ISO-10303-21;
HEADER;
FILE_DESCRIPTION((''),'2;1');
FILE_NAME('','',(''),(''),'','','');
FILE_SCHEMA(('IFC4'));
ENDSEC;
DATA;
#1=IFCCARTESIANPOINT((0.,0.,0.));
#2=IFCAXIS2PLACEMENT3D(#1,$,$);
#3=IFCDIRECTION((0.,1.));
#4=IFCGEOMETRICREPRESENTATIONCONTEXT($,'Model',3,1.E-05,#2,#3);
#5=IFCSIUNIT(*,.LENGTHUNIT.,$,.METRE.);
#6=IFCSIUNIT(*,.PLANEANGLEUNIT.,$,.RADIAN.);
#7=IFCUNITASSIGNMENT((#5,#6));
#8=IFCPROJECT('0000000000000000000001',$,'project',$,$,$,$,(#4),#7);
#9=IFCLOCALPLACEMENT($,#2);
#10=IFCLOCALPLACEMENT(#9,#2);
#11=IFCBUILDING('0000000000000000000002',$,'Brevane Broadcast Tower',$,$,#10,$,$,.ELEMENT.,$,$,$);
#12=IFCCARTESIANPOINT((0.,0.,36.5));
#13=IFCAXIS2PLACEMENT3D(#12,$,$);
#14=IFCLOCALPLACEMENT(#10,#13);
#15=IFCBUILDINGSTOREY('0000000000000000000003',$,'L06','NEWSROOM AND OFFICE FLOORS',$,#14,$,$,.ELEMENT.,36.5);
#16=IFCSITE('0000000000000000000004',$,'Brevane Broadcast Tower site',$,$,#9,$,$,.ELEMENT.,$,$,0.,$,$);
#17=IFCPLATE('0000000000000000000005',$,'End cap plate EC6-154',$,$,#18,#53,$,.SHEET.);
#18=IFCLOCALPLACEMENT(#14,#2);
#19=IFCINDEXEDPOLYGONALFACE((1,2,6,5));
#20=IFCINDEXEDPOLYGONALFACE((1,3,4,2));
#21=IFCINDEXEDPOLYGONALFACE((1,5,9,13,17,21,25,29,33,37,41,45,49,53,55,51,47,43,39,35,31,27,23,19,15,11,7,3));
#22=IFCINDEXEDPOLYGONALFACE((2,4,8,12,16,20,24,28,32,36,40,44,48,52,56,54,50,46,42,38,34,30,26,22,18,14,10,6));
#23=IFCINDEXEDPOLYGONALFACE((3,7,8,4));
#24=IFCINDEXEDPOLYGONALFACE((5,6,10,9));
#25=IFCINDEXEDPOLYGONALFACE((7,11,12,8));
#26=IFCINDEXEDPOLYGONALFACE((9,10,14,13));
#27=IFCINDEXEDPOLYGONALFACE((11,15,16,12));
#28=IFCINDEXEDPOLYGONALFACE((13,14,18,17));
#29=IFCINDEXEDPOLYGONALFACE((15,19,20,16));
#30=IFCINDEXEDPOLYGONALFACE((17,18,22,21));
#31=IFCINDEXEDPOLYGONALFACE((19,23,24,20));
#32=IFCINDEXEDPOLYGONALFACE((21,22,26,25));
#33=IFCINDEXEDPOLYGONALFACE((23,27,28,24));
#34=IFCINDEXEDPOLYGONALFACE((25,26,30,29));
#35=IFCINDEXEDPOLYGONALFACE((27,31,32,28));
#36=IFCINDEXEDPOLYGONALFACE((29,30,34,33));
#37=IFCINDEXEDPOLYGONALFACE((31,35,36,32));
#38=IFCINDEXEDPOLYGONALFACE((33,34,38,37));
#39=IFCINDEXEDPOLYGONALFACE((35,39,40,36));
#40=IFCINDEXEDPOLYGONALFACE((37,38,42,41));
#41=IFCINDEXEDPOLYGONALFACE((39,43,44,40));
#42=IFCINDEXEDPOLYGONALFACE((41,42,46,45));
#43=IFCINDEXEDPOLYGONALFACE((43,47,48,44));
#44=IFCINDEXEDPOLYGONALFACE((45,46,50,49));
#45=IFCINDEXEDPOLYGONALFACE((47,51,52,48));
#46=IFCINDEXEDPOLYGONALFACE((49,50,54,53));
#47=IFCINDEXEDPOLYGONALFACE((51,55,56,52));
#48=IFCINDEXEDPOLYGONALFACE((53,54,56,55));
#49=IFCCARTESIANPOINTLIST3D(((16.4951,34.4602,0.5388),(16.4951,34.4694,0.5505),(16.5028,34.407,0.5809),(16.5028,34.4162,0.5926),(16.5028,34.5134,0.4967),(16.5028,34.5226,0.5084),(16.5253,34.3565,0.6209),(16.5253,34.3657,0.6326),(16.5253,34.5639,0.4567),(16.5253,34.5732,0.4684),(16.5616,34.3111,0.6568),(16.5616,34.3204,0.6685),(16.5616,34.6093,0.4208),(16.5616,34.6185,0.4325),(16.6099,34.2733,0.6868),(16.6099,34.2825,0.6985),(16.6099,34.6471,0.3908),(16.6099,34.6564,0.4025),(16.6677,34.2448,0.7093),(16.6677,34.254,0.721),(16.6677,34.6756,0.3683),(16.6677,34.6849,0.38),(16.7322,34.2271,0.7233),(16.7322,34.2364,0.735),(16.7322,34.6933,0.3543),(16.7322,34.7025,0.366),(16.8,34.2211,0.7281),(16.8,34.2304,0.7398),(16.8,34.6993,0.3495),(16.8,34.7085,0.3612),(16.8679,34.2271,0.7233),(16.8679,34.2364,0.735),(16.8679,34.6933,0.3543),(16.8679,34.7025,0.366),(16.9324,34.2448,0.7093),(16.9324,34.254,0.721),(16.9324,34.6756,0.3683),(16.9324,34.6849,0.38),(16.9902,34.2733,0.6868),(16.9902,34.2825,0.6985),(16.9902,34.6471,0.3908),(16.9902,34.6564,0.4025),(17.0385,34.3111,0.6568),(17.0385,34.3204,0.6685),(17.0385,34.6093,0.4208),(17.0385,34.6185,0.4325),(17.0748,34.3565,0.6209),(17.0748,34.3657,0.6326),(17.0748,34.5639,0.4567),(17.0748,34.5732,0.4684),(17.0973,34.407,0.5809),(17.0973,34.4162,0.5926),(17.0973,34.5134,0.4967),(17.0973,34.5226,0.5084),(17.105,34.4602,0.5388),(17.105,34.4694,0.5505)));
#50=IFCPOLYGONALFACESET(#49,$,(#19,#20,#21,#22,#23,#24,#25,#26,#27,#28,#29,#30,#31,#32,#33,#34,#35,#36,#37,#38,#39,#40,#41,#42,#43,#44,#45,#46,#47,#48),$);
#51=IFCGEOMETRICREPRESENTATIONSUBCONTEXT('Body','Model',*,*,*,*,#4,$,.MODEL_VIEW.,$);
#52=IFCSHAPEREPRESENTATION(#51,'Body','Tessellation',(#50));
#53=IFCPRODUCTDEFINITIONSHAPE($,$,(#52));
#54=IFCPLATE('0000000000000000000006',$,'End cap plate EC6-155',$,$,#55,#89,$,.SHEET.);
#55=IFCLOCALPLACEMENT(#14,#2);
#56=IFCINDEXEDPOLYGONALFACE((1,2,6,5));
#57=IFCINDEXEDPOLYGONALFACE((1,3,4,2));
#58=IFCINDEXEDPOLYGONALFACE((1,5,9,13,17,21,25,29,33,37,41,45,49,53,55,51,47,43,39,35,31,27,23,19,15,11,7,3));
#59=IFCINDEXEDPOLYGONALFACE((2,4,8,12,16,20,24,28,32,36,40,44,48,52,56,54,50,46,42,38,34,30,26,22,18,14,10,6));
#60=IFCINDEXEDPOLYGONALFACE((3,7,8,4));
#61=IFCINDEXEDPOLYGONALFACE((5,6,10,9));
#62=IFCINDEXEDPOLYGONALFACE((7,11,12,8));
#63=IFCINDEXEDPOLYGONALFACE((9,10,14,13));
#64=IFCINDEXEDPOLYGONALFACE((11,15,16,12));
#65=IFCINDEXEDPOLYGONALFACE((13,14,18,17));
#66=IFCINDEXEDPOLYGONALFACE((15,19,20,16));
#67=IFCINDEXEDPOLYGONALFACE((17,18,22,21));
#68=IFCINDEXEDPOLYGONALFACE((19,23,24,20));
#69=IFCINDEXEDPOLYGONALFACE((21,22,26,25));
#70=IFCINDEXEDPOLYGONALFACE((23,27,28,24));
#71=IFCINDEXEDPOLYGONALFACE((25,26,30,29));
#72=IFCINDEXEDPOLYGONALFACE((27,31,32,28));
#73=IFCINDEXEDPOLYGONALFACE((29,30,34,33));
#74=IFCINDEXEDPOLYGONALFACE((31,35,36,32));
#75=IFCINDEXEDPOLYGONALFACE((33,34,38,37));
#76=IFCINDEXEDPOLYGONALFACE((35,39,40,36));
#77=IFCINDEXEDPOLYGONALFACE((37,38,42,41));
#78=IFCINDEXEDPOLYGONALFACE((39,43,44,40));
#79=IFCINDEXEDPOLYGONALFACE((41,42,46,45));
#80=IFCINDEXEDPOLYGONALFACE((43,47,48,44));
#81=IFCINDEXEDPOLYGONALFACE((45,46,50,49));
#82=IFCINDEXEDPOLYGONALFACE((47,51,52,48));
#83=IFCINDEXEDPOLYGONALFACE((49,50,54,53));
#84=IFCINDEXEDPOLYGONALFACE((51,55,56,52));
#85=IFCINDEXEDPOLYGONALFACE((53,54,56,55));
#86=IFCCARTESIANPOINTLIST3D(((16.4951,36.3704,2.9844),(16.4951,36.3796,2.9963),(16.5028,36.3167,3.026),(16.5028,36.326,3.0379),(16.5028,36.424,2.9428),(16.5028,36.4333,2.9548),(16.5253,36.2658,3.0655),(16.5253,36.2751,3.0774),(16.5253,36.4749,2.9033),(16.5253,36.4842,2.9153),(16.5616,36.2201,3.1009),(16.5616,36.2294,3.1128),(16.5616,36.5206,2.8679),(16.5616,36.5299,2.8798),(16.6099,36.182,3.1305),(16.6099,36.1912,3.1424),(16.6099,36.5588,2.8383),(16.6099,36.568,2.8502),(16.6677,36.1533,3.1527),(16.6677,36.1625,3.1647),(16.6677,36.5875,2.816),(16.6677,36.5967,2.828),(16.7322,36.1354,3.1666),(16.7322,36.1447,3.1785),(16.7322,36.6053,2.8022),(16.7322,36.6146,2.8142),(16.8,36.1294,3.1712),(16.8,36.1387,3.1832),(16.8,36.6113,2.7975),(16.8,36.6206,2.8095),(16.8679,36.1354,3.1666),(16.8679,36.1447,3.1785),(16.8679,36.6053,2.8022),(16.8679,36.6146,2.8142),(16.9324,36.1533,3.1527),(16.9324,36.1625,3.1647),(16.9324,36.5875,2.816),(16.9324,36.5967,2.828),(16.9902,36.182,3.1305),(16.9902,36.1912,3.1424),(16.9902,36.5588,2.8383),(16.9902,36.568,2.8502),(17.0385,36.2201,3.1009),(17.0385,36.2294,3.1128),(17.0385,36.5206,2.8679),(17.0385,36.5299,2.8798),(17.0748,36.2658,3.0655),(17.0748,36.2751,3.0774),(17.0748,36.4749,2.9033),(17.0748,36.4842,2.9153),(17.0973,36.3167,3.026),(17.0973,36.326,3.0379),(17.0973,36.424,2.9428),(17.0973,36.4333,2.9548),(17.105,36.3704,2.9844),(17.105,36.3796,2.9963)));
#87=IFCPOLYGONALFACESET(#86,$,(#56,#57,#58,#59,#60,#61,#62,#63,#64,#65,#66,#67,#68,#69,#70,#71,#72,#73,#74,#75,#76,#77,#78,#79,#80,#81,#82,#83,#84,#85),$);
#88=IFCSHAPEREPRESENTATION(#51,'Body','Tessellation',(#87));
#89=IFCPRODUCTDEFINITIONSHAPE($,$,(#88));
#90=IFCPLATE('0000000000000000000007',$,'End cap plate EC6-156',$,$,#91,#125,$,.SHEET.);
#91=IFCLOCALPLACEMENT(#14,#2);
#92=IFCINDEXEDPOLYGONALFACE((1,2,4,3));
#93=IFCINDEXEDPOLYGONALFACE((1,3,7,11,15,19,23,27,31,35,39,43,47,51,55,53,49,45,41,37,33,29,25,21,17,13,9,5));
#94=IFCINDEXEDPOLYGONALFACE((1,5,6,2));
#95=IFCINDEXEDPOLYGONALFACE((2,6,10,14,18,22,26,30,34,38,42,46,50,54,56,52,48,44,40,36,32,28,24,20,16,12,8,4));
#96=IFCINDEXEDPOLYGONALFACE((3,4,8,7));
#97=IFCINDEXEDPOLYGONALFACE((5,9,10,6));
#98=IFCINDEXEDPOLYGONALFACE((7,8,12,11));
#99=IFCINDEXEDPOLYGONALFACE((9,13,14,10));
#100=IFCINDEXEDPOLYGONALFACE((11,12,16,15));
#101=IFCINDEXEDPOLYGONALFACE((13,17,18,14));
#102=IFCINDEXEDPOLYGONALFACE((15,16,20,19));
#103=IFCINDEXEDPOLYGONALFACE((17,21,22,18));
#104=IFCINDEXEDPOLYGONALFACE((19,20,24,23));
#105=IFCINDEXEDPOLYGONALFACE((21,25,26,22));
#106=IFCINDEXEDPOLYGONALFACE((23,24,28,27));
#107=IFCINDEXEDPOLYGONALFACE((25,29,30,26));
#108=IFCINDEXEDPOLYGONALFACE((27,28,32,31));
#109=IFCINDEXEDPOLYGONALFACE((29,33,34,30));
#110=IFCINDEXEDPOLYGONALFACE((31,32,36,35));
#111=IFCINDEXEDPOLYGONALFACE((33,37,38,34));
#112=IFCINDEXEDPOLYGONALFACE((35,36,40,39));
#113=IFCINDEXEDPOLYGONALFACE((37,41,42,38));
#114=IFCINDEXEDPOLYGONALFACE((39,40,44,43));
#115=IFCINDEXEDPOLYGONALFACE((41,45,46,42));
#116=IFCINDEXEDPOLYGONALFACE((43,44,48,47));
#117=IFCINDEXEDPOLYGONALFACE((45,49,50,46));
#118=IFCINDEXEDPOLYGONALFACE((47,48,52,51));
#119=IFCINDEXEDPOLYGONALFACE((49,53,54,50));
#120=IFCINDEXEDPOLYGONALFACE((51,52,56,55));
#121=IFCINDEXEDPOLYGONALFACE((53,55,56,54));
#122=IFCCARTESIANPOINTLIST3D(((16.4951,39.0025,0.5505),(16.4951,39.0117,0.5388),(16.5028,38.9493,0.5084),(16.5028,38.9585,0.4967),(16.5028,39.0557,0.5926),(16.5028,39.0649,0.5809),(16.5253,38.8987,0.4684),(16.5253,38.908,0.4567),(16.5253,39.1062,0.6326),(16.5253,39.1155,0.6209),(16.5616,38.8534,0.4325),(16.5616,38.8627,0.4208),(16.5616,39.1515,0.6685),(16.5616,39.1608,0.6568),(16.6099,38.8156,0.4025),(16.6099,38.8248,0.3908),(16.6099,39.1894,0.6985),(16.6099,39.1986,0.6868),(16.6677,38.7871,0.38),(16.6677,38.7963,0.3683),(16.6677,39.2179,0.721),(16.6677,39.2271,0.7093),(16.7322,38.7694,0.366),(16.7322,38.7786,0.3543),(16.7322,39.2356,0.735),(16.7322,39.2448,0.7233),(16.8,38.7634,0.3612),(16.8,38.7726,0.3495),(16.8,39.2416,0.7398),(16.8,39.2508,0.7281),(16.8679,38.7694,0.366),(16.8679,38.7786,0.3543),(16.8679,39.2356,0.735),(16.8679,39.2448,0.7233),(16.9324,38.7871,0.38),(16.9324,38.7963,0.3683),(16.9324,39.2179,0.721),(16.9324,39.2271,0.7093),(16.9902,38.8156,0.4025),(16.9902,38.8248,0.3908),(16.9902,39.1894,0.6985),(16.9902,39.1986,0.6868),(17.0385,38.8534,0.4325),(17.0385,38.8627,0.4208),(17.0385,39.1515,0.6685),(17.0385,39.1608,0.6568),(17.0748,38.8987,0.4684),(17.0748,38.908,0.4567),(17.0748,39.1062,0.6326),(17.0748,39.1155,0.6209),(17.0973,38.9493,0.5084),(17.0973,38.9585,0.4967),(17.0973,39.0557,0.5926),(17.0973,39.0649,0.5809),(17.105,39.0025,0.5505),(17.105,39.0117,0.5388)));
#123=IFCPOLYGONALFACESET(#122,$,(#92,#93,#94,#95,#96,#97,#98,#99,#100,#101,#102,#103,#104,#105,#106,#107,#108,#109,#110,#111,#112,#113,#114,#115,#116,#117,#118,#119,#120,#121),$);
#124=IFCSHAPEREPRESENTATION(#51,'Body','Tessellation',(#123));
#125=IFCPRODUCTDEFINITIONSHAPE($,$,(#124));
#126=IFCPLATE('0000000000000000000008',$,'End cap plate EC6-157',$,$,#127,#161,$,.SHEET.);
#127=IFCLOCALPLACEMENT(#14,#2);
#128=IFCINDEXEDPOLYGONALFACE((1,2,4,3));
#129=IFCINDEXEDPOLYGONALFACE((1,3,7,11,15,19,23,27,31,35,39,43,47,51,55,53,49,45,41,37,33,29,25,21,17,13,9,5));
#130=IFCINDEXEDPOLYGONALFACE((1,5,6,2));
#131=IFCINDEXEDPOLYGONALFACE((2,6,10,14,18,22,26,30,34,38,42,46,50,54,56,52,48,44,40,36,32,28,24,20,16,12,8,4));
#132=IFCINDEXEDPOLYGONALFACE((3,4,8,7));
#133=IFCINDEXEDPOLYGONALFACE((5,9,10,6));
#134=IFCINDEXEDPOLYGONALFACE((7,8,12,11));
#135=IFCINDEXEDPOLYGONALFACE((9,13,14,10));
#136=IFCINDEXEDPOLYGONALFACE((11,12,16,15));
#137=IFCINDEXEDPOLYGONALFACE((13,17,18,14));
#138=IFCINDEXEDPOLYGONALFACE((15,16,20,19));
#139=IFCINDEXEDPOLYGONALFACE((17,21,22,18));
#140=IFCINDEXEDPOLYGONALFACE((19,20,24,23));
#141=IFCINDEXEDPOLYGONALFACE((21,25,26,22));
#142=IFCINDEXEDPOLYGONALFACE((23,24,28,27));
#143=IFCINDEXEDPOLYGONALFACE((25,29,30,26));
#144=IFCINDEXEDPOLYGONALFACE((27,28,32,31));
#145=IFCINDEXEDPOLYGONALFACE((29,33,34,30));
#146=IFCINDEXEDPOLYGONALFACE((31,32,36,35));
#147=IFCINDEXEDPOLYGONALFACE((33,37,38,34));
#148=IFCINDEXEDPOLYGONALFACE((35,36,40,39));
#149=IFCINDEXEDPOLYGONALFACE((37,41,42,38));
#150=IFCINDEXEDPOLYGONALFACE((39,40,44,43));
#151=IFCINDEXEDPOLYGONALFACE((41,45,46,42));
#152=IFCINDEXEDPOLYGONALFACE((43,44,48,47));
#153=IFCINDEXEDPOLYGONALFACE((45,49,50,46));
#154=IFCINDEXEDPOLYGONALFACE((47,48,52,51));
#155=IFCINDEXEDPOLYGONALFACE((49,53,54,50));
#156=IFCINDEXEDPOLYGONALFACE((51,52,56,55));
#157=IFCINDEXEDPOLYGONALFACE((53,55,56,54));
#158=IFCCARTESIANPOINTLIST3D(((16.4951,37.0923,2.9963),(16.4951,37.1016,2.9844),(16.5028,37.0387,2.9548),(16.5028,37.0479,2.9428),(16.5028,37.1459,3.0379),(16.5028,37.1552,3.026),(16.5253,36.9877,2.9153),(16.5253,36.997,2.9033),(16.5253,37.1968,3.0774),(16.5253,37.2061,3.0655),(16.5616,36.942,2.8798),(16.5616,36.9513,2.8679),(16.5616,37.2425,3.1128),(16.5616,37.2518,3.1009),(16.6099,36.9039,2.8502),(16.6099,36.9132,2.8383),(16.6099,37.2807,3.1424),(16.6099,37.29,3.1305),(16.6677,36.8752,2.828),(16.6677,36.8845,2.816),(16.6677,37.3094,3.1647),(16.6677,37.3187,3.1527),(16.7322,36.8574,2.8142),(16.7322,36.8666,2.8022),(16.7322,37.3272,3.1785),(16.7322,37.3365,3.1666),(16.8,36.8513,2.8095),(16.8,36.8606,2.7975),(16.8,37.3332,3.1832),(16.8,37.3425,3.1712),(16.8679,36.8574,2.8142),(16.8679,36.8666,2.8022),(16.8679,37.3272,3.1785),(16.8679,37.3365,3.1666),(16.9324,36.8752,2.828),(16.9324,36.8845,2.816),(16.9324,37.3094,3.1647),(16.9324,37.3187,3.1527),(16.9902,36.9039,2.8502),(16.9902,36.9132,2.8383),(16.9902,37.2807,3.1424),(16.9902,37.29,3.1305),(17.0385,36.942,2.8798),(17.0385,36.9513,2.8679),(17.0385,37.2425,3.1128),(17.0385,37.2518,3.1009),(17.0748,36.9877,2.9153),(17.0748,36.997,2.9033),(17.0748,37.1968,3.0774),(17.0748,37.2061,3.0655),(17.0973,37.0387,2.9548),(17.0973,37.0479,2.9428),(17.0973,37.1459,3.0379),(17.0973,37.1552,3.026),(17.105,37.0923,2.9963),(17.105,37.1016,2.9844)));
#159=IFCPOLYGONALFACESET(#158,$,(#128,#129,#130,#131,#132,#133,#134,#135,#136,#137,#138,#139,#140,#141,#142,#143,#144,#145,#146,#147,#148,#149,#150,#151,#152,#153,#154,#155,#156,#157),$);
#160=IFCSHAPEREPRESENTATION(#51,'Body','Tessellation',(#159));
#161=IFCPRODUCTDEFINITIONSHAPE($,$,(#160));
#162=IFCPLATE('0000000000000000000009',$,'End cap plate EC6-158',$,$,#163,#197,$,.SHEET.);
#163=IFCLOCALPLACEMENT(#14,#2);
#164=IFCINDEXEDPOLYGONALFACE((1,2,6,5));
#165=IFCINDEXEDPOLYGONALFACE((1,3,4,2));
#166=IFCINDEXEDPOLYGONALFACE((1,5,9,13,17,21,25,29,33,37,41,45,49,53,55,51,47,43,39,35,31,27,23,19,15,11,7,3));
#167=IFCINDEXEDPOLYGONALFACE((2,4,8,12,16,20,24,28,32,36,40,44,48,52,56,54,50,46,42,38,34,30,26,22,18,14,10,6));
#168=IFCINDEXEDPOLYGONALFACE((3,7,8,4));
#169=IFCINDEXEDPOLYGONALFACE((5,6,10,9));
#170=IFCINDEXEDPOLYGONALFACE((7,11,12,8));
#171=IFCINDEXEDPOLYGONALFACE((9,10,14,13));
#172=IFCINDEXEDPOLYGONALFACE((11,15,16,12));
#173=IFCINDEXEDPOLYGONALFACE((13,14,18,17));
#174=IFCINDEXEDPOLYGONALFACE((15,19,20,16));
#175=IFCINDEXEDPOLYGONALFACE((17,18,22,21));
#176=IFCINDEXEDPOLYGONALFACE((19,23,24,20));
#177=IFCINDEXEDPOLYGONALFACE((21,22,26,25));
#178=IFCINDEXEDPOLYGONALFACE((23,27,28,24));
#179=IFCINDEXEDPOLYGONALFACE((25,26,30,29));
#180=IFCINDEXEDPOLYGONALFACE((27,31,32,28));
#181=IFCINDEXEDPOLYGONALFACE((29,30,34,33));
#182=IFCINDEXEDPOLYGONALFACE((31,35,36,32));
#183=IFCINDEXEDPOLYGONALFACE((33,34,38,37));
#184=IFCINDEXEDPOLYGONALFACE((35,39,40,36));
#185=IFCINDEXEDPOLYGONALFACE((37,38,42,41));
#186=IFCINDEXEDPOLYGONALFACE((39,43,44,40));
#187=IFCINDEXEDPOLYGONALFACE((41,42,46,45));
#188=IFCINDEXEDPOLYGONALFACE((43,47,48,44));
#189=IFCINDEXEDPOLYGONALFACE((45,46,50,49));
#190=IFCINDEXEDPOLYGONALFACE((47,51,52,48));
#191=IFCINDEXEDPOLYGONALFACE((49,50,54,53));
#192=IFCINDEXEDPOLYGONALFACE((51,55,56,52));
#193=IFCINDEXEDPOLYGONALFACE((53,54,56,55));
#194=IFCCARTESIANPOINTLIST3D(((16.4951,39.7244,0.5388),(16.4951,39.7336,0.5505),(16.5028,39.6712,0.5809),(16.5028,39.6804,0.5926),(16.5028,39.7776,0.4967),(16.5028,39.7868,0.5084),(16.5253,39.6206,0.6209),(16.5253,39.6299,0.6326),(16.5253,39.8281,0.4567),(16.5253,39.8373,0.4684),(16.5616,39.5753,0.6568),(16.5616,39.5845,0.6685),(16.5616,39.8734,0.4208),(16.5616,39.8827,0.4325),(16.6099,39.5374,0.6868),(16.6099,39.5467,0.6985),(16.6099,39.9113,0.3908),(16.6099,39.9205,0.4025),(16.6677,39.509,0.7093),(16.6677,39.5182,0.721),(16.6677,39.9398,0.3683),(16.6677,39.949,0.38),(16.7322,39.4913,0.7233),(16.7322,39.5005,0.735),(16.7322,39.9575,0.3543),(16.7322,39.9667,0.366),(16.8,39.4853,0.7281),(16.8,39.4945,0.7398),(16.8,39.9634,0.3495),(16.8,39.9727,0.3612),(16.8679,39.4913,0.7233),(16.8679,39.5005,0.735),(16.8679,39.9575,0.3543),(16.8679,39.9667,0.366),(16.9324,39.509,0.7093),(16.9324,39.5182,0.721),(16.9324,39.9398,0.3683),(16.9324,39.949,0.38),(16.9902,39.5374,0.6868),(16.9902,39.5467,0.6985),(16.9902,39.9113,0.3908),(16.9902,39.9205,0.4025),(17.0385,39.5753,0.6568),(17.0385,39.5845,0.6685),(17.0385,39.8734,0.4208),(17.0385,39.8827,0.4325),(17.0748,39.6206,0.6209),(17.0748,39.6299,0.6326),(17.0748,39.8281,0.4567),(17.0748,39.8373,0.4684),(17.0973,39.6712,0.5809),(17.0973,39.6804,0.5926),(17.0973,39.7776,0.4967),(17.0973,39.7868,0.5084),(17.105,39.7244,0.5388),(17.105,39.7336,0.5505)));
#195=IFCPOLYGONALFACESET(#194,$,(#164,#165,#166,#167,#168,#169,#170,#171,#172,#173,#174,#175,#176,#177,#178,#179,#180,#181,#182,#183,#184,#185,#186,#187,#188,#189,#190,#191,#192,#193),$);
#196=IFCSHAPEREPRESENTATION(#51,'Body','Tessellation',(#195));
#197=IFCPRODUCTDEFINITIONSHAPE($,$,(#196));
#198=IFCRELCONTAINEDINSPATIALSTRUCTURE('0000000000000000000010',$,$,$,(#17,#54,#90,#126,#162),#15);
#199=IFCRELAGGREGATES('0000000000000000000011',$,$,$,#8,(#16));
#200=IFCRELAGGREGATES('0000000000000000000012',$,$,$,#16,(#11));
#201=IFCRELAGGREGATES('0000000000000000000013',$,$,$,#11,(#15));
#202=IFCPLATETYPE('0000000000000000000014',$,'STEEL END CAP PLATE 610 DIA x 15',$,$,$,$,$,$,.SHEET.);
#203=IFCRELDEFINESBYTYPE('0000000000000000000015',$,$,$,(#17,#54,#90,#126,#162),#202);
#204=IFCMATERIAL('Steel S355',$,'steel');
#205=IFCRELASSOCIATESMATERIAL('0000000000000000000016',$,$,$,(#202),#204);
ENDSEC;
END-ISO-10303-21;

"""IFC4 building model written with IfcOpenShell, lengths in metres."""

from ifc_helpers import new_model, si_unit, direction, frame, origin, origin_2d, place, context, subcontext, project, spatial, circle, extrude, material, material_profile, profile_set, type_object, element, save


model = new_model("IFC4")

# Units and contexts
model_context = context("Model", 3, precision=1e-05, world=origin(), true_north=direction((0.0, 1.0)))
body_context = subcontext(model_context, "Body", "Model", "MODEL_VIEW")
ifc_project = project(units=[si_unit("LENGTHUNIT", "METRE"), si_unit("PLANEANGLEUNIT", "RADIAN")], contexts=[model_context])

# Site, building, storey
site_placement = place(None, origin())
site = spatial("IfcSite", under=ifc_project, at=site_placement, Name="Brevane Broadcast Tower site", CompositionType="ELEMENT", RefElevation=0.0)
building_placement = place(site_placement, origin())
building = spatial("IfcBuilding", under=site, at=building_placement, Name="Brevane Broadcast Tower", CompositionType="ELEMENT")
storey_placement = place(building_placement, frame((0.0, 0.0, 36.5)))
storey = spatial("IfcBuildingStorey", under=building, at=storey_placement, Name="L06", Description="NEWSROOM AND OFFICE FLOORS", CompositionType="ELEMENT", Elevation=36.5)

# Shared definitions
ifc_material_1 = material(Name="Steel S355", Category="steel")

# Plates
ifc_material_profile_1 = material_profile(ifc_material_1, circle(Radius=0.3049, at=origin_2d()), Name="PL 610 DIA x 15")
ifc_profile_set_1 = profile_set([ifc_material_profile_1], Name="Steel S355")
plate_type = type_object("IfcPlateType", Name="STEEL END CAP PLATE 610 DIA x 15", PredefinedType="SHEET", material=ifc_profile_set_1)
plate_1_placement = place(storey_placement, frame((16.8, 34.4602, 0.5388), z_axis=(0.0, 0.620703, 0.784046), x_axis=(-1.0, 0.0, 0.0)))
element("IfcPlate", 1, at=plate_1_placement, inside=storey, type_object=plate_type, Name="End cap plate EC6-154", PredefinedType="SHEET", context=body_context, shape_type="SweptSolid", body=[
    extrude(circle(Radius=0.3049, at=origin_2d()), origin(), (0.0, 0.0, 1.0), 0.0149),
])
plate_2_placement = place(storey_placement, frame((16.8, 36.3704, 2.9844), z_axis=(0.0, 0.612824, 0.79022), x_axis=(-1.0, 0.0, 0.0)))
element("IfcPlate", 2, at=plate_2_placement, inside=storey, type_object=plate_type, Name="End cap plate EC6-155", PredefinedType="SHEET", context=body_context, shape_type="SweptSolid", body=[
    extrude(circle(Radius=0.3049, at=origin_2d()), origin(), (0.0, 0.0, 1.0), 0.0151),
])
plate_3_placement = place(storey_placement, frame((16.8, 39.0117, 0.5388), z_axis=(0.0, -0.620703, 0.784046), x_axis=(1.0, 0.0, 0.0)))
element("IfcPlate", 3, at=plate_3_placement, inside=storey, type_object=plate_type, Name="End cap plate EC6-156", PredefinedType="SHEET", context=body_context, shape_type="SweptSolid", body=[
    extrude(circle(Radius=0.3049, at=origin_2d()), origin(), (0.0, 0.0, 1.0), 0.0149),
])
plate_4_placement = place(storey_placement, frame((16.8, 37.1016, 2.9844), z_axis=(0.0, -0.612824, 0.79022), x_axis=(1.0, 0.0, 0.0)))
element("IfcPlate", 4, at=plate_4_placement, inside=storey, type_object=plate_type, Name="End cap plate EC6-157", PredefinedType="SHEET", context=body_context, shape_type="SweptSolid", body=[
    extrude(circle(Radius=0.3049, at=origin_2d()), origin(), (0.0, 0.0, 1.0), 0.0151),
])
plate_5_placement = place(storey_placement, frame((16.8, 39.7244, 0.5388), z_axis=(0.0, 0.620703, 0.784046), x_axis=(-1.0, 0.0, 0.0)))
element("IfcPlate", 5, at=plate_5_placement, inside=storey, type_object=plate_type, Name="End cap plate EC6-158", PredefinedType="SHEET", context=body_context, shape_type="SweptSolid", body=[
    extrude(circle(Radius=0.3049, at=origin_2d()), origin(), (0.0, 0.0, 1.0), 0.0149),
])

save(model, "model.ifc")
